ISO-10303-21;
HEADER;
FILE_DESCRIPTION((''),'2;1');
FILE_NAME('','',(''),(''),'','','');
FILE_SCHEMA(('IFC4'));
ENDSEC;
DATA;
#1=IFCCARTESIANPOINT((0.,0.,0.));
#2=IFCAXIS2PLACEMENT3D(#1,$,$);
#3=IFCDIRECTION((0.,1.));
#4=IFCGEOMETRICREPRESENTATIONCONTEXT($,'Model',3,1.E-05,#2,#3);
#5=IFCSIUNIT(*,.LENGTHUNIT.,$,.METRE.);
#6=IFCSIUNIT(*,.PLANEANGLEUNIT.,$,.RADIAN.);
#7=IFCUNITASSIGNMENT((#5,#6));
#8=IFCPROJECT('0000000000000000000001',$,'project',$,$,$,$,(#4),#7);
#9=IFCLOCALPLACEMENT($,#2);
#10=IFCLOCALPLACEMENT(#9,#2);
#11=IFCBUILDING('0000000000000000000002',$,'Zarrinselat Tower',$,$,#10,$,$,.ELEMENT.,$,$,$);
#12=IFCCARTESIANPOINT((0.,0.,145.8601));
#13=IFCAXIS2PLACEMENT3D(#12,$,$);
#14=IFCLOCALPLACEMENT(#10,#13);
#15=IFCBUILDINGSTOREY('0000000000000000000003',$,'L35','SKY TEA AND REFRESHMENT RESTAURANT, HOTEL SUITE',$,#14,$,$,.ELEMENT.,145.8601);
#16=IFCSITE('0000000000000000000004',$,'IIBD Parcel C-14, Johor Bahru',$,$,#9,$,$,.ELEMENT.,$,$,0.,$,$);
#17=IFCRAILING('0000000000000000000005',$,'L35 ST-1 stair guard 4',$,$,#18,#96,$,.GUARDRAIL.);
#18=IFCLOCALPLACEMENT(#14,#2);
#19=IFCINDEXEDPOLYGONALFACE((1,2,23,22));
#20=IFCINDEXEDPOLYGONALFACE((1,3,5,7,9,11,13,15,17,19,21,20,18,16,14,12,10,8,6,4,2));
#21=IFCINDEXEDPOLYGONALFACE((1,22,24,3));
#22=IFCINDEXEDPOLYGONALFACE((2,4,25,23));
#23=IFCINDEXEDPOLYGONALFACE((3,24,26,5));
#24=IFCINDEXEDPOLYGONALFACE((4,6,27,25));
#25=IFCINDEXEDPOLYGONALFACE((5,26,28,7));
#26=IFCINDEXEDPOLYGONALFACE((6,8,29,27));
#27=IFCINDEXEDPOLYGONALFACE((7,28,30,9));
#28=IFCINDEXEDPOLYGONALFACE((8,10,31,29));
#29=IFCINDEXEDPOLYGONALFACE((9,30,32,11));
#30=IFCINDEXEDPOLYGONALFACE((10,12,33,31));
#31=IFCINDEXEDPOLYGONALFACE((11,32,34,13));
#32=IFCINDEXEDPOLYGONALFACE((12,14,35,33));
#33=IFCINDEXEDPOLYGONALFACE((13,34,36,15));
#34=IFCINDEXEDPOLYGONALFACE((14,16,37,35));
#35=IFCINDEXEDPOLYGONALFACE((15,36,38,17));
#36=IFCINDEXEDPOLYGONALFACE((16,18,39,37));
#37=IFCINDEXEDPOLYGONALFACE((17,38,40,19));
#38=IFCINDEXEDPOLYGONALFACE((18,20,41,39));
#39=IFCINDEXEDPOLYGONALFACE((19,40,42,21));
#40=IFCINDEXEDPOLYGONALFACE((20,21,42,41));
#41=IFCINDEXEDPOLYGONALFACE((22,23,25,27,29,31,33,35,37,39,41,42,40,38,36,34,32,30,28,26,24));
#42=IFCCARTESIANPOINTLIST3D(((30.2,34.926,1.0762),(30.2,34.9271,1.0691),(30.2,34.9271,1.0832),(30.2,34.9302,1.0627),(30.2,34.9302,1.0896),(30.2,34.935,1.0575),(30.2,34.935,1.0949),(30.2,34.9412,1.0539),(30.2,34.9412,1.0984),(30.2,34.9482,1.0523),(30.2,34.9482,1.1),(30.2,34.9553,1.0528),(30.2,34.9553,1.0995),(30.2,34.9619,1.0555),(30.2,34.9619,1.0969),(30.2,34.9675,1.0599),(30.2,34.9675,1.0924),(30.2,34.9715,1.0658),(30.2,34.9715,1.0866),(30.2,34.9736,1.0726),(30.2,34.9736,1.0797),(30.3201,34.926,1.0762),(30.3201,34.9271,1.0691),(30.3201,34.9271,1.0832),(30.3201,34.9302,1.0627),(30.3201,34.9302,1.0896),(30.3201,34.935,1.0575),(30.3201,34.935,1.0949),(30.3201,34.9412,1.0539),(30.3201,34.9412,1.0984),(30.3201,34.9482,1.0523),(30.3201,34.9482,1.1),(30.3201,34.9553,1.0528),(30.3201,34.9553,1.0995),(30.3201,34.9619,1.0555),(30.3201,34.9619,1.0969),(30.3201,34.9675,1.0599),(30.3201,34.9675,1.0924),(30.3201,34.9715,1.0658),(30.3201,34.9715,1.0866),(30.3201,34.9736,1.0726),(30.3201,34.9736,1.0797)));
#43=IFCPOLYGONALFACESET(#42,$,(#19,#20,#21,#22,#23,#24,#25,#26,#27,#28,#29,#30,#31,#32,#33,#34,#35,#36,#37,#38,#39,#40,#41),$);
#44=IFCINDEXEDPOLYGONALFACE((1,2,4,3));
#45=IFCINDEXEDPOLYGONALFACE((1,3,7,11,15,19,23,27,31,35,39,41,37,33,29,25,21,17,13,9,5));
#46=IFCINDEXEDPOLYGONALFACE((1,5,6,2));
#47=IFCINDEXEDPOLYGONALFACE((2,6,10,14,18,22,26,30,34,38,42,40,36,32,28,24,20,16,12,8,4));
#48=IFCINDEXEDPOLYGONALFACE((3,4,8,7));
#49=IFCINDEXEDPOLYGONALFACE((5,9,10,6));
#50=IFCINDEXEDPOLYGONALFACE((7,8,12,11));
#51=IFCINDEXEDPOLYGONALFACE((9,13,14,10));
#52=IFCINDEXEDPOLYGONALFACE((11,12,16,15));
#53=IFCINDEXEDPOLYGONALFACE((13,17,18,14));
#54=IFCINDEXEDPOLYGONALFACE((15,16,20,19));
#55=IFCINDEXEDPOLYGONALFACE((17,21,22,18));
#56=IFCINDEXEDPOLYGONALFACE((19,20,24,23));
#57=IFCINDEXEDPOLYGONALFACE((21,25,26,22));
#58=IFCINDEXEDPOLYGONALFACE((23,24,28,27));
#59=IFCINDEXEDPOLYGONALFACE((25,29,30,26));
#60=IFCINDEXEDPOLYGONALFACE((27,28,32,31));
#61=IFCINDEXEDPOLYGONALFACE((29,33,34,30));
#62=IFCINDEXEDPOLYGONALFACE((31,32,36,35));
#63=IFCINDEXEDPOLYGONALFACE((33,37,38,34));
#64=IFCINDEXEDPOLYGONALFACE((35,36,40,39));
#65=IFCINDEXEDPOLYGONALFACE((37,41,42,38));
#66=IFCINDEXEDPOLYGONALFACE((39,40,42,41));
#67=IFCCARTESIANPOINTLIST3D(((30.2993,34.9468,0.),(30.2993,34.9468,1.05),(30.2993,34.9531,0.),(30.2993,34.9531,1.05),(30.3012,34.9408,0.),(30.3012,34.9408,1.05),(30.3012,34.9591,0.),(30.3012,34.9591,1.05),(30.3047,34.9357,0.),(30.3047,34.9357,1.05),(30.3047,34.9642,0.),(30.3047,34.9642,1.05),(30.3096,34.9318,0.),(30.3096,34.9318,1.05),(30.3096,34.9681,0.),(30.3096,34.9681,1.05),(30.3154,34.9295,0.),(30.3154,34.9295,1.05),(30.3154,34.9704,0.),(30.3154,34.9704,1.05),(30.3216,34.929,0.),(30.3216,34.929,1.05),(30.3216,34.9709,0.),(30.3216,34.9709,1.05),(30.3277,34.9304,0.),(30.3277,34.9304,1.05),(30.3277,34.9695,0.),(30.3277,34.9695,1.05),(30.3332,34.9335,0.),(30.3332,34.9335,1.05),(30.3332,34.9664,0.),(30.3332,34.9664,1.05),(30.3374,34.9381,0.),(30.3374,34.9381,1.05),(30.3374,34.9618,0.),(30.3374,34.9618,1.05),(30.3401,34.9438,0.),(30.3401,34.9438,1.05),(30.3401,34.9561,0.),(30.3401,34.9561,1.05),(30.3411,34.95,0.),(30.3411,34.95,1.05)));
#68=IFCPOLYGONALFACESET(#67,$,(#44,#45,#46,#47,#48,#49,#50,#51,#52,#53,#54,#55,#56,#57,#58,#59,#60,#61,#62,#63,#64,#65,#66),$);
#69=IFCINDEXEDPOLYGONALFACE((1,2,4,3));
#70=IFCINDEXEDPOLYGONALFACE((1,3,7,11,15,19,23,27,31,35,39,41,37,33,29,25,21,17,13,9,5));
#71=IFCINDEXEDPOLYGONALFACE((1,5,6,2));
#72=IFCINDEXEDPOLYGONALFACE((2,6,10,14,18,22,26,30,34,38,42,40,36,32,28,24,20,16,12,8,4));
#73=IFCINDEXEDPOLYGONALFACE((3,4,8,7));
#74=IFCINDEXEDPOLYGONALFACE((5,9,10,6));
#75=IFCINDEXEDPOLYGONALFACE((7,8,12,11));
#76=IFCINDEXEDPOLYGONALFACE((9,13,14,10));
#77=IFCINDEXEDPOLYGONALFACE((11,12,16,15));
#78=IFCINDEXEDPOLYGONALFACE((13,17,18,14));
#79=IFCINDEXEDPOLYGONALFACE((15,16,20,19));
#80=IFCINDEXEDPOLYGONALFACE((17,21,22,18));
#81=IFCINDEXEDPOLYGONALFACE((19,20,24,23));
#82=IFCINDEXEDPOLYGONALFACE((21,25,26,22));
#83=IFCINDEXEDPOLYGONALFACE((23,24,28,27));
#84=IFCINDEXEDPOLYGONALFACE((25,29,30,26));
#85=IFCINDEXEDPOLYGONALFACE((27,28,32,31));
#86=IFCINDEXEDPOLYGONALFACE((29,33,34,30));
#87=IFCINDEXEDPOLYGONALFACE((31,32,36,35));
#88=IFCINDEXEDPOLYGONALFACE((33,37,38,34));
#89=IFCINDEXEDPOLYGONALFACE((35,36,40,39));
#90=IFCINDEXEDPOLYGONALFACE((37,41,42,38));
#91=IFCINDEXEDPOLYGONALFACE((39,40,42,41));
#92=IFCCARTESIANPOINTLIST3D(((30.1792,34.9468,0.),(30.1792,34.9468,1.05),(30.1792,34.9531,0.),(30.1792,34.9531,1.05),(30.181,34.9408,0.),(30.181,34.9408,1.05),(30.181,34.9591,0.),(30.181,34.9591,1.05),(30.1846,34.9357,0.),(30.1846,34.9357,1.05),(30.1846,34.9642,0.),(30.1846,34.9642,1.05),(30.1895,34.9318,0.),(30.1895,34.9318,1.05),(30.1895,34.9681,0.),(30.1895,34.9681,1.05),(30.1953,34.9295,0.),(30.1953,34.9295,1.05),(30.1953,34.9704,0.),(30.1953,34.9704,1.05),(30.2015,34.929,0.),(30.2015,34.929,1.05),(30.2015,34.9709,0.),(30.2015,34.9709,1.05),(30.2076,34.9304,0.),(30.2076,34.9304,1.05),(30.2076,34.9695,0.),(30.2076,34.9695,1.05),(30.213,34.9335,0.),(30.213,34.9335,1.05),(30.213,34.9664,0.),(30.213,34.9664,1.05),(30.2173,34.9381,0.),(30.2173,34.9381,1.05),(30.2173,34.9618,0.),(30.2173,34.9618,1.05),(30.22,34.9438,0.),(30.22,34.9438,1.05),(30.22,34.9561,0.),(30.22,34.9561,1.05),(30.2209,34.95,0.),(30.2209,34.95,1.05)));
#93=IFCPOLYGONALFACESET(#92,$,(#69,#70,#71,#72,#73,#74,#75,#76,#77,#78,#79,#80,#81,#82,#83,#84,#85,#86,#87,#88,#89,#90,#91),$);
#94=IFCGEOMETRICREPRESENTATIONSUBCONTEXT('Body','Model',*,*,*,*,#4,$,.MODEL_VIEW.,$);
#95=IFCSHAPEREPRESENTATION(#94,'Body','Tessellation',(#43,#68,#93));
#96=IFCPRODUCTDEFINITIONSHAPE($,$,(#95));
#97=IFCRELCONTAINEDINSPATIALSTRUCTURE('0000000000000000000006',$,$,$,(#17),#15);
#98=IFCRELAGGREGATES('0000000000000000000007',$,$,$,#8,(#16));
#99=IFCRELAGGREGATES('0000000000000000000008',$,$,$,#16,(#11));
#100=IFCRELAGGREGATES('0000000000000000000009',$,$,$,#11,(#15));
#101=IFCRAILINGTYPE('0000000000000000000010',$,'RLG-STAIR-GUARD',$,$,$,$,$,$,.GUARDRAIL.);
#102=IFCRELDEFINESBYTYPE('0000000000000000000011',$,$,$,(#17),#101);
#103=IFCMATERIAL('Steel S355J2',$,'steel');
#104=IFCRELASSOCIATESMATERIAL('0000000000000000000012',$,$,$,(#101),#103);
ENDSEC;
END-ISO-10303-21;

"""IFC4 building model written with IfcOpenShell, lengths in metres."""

from ifc_helpers import new_model, si_unit, direction, frame, origin, origin_2d, place, context, subcontext, project, spatial, circle, extrude, material, type_object, element, save


model = new_model("IFC4")

# Units and contexts
model_context = context("Model", 3, precision=1e-05, world=origin(), true_north=direction((0.0, 1.0)))
body_context = subcontext(model_context, "Body", "Model", "MODEL_VIEW")
ifc_project = project(units=[si_unit("LENGTHUNIT", "METRE"), si_unit("PLANEANGLEUNIT", "RADIAN")], contexts=[model_context])

# Site, building, storey
site_placement = place(None, origin())
site = spatial("IfcSite", under=ifc_project, at=site_placement, Name="IIBD Parcel C-14, Johor Bahru", CompositionType="ELEMENT", RefElevation=0.0)
building_placement = place(site_placement, origin())
building = spatial("IfcBuilding", under=site, at=building_placement, Name="Zarrinselat Tower", CompositionType="ELEMENT")
storey_placement = place(building_placement, frame((0.0, 0.0, 145.8601)))
storey = spatial("IfcBuildingStorey", under=building, at=storey_placement, Name="L35", Description="SKY TEA AND REFRESHMENT RESTAURANT, HOTEL SUITE", CompositionType="ELEMENT", Elevation=145.8601)

# Railing
ifc_material_1 = material(Name="Steel S355J2", Category="steel")
railing_type_1 = type_object("IfcRailingType", Name="RLG-STAIR-GUARD", PredefinedType="GUARDRAIL", material=ifc_material_1)
railing_1_placement = place(storey_placement, frame((30.3201, 34.95, 0.0)))
element("IfcRailing", 1, at=railing_1_placement, inside=storey, type_object=railing_type_1, Name="L35 ST-1 stair guard 4", PredefinedType="GUARDRAIL", context=body_context, shape_type="SweptSolid", body=[
    extrude(circle(Radius=0.0239, at=origin_2d()), frame((0.0, 0.0, 1.0762), z_axis=(-1.0, 0.0, 0.0), x_axis=(0.0, -1.0, 0.0)), (0.0, 0.0, 1.0), 0.1201),
    extrude(circle(Radius=0.021, at=origin_2d()), origin(), (0.0, 0.0, 1.0), 1.05),
    extrude(circle(Radius=0.021, at=origin_2d()), frame((-0.1201, 0.0, 0.0)), (0.0, 0.0, 1.0), 1.05),
])

save(model, "model.ifc")
